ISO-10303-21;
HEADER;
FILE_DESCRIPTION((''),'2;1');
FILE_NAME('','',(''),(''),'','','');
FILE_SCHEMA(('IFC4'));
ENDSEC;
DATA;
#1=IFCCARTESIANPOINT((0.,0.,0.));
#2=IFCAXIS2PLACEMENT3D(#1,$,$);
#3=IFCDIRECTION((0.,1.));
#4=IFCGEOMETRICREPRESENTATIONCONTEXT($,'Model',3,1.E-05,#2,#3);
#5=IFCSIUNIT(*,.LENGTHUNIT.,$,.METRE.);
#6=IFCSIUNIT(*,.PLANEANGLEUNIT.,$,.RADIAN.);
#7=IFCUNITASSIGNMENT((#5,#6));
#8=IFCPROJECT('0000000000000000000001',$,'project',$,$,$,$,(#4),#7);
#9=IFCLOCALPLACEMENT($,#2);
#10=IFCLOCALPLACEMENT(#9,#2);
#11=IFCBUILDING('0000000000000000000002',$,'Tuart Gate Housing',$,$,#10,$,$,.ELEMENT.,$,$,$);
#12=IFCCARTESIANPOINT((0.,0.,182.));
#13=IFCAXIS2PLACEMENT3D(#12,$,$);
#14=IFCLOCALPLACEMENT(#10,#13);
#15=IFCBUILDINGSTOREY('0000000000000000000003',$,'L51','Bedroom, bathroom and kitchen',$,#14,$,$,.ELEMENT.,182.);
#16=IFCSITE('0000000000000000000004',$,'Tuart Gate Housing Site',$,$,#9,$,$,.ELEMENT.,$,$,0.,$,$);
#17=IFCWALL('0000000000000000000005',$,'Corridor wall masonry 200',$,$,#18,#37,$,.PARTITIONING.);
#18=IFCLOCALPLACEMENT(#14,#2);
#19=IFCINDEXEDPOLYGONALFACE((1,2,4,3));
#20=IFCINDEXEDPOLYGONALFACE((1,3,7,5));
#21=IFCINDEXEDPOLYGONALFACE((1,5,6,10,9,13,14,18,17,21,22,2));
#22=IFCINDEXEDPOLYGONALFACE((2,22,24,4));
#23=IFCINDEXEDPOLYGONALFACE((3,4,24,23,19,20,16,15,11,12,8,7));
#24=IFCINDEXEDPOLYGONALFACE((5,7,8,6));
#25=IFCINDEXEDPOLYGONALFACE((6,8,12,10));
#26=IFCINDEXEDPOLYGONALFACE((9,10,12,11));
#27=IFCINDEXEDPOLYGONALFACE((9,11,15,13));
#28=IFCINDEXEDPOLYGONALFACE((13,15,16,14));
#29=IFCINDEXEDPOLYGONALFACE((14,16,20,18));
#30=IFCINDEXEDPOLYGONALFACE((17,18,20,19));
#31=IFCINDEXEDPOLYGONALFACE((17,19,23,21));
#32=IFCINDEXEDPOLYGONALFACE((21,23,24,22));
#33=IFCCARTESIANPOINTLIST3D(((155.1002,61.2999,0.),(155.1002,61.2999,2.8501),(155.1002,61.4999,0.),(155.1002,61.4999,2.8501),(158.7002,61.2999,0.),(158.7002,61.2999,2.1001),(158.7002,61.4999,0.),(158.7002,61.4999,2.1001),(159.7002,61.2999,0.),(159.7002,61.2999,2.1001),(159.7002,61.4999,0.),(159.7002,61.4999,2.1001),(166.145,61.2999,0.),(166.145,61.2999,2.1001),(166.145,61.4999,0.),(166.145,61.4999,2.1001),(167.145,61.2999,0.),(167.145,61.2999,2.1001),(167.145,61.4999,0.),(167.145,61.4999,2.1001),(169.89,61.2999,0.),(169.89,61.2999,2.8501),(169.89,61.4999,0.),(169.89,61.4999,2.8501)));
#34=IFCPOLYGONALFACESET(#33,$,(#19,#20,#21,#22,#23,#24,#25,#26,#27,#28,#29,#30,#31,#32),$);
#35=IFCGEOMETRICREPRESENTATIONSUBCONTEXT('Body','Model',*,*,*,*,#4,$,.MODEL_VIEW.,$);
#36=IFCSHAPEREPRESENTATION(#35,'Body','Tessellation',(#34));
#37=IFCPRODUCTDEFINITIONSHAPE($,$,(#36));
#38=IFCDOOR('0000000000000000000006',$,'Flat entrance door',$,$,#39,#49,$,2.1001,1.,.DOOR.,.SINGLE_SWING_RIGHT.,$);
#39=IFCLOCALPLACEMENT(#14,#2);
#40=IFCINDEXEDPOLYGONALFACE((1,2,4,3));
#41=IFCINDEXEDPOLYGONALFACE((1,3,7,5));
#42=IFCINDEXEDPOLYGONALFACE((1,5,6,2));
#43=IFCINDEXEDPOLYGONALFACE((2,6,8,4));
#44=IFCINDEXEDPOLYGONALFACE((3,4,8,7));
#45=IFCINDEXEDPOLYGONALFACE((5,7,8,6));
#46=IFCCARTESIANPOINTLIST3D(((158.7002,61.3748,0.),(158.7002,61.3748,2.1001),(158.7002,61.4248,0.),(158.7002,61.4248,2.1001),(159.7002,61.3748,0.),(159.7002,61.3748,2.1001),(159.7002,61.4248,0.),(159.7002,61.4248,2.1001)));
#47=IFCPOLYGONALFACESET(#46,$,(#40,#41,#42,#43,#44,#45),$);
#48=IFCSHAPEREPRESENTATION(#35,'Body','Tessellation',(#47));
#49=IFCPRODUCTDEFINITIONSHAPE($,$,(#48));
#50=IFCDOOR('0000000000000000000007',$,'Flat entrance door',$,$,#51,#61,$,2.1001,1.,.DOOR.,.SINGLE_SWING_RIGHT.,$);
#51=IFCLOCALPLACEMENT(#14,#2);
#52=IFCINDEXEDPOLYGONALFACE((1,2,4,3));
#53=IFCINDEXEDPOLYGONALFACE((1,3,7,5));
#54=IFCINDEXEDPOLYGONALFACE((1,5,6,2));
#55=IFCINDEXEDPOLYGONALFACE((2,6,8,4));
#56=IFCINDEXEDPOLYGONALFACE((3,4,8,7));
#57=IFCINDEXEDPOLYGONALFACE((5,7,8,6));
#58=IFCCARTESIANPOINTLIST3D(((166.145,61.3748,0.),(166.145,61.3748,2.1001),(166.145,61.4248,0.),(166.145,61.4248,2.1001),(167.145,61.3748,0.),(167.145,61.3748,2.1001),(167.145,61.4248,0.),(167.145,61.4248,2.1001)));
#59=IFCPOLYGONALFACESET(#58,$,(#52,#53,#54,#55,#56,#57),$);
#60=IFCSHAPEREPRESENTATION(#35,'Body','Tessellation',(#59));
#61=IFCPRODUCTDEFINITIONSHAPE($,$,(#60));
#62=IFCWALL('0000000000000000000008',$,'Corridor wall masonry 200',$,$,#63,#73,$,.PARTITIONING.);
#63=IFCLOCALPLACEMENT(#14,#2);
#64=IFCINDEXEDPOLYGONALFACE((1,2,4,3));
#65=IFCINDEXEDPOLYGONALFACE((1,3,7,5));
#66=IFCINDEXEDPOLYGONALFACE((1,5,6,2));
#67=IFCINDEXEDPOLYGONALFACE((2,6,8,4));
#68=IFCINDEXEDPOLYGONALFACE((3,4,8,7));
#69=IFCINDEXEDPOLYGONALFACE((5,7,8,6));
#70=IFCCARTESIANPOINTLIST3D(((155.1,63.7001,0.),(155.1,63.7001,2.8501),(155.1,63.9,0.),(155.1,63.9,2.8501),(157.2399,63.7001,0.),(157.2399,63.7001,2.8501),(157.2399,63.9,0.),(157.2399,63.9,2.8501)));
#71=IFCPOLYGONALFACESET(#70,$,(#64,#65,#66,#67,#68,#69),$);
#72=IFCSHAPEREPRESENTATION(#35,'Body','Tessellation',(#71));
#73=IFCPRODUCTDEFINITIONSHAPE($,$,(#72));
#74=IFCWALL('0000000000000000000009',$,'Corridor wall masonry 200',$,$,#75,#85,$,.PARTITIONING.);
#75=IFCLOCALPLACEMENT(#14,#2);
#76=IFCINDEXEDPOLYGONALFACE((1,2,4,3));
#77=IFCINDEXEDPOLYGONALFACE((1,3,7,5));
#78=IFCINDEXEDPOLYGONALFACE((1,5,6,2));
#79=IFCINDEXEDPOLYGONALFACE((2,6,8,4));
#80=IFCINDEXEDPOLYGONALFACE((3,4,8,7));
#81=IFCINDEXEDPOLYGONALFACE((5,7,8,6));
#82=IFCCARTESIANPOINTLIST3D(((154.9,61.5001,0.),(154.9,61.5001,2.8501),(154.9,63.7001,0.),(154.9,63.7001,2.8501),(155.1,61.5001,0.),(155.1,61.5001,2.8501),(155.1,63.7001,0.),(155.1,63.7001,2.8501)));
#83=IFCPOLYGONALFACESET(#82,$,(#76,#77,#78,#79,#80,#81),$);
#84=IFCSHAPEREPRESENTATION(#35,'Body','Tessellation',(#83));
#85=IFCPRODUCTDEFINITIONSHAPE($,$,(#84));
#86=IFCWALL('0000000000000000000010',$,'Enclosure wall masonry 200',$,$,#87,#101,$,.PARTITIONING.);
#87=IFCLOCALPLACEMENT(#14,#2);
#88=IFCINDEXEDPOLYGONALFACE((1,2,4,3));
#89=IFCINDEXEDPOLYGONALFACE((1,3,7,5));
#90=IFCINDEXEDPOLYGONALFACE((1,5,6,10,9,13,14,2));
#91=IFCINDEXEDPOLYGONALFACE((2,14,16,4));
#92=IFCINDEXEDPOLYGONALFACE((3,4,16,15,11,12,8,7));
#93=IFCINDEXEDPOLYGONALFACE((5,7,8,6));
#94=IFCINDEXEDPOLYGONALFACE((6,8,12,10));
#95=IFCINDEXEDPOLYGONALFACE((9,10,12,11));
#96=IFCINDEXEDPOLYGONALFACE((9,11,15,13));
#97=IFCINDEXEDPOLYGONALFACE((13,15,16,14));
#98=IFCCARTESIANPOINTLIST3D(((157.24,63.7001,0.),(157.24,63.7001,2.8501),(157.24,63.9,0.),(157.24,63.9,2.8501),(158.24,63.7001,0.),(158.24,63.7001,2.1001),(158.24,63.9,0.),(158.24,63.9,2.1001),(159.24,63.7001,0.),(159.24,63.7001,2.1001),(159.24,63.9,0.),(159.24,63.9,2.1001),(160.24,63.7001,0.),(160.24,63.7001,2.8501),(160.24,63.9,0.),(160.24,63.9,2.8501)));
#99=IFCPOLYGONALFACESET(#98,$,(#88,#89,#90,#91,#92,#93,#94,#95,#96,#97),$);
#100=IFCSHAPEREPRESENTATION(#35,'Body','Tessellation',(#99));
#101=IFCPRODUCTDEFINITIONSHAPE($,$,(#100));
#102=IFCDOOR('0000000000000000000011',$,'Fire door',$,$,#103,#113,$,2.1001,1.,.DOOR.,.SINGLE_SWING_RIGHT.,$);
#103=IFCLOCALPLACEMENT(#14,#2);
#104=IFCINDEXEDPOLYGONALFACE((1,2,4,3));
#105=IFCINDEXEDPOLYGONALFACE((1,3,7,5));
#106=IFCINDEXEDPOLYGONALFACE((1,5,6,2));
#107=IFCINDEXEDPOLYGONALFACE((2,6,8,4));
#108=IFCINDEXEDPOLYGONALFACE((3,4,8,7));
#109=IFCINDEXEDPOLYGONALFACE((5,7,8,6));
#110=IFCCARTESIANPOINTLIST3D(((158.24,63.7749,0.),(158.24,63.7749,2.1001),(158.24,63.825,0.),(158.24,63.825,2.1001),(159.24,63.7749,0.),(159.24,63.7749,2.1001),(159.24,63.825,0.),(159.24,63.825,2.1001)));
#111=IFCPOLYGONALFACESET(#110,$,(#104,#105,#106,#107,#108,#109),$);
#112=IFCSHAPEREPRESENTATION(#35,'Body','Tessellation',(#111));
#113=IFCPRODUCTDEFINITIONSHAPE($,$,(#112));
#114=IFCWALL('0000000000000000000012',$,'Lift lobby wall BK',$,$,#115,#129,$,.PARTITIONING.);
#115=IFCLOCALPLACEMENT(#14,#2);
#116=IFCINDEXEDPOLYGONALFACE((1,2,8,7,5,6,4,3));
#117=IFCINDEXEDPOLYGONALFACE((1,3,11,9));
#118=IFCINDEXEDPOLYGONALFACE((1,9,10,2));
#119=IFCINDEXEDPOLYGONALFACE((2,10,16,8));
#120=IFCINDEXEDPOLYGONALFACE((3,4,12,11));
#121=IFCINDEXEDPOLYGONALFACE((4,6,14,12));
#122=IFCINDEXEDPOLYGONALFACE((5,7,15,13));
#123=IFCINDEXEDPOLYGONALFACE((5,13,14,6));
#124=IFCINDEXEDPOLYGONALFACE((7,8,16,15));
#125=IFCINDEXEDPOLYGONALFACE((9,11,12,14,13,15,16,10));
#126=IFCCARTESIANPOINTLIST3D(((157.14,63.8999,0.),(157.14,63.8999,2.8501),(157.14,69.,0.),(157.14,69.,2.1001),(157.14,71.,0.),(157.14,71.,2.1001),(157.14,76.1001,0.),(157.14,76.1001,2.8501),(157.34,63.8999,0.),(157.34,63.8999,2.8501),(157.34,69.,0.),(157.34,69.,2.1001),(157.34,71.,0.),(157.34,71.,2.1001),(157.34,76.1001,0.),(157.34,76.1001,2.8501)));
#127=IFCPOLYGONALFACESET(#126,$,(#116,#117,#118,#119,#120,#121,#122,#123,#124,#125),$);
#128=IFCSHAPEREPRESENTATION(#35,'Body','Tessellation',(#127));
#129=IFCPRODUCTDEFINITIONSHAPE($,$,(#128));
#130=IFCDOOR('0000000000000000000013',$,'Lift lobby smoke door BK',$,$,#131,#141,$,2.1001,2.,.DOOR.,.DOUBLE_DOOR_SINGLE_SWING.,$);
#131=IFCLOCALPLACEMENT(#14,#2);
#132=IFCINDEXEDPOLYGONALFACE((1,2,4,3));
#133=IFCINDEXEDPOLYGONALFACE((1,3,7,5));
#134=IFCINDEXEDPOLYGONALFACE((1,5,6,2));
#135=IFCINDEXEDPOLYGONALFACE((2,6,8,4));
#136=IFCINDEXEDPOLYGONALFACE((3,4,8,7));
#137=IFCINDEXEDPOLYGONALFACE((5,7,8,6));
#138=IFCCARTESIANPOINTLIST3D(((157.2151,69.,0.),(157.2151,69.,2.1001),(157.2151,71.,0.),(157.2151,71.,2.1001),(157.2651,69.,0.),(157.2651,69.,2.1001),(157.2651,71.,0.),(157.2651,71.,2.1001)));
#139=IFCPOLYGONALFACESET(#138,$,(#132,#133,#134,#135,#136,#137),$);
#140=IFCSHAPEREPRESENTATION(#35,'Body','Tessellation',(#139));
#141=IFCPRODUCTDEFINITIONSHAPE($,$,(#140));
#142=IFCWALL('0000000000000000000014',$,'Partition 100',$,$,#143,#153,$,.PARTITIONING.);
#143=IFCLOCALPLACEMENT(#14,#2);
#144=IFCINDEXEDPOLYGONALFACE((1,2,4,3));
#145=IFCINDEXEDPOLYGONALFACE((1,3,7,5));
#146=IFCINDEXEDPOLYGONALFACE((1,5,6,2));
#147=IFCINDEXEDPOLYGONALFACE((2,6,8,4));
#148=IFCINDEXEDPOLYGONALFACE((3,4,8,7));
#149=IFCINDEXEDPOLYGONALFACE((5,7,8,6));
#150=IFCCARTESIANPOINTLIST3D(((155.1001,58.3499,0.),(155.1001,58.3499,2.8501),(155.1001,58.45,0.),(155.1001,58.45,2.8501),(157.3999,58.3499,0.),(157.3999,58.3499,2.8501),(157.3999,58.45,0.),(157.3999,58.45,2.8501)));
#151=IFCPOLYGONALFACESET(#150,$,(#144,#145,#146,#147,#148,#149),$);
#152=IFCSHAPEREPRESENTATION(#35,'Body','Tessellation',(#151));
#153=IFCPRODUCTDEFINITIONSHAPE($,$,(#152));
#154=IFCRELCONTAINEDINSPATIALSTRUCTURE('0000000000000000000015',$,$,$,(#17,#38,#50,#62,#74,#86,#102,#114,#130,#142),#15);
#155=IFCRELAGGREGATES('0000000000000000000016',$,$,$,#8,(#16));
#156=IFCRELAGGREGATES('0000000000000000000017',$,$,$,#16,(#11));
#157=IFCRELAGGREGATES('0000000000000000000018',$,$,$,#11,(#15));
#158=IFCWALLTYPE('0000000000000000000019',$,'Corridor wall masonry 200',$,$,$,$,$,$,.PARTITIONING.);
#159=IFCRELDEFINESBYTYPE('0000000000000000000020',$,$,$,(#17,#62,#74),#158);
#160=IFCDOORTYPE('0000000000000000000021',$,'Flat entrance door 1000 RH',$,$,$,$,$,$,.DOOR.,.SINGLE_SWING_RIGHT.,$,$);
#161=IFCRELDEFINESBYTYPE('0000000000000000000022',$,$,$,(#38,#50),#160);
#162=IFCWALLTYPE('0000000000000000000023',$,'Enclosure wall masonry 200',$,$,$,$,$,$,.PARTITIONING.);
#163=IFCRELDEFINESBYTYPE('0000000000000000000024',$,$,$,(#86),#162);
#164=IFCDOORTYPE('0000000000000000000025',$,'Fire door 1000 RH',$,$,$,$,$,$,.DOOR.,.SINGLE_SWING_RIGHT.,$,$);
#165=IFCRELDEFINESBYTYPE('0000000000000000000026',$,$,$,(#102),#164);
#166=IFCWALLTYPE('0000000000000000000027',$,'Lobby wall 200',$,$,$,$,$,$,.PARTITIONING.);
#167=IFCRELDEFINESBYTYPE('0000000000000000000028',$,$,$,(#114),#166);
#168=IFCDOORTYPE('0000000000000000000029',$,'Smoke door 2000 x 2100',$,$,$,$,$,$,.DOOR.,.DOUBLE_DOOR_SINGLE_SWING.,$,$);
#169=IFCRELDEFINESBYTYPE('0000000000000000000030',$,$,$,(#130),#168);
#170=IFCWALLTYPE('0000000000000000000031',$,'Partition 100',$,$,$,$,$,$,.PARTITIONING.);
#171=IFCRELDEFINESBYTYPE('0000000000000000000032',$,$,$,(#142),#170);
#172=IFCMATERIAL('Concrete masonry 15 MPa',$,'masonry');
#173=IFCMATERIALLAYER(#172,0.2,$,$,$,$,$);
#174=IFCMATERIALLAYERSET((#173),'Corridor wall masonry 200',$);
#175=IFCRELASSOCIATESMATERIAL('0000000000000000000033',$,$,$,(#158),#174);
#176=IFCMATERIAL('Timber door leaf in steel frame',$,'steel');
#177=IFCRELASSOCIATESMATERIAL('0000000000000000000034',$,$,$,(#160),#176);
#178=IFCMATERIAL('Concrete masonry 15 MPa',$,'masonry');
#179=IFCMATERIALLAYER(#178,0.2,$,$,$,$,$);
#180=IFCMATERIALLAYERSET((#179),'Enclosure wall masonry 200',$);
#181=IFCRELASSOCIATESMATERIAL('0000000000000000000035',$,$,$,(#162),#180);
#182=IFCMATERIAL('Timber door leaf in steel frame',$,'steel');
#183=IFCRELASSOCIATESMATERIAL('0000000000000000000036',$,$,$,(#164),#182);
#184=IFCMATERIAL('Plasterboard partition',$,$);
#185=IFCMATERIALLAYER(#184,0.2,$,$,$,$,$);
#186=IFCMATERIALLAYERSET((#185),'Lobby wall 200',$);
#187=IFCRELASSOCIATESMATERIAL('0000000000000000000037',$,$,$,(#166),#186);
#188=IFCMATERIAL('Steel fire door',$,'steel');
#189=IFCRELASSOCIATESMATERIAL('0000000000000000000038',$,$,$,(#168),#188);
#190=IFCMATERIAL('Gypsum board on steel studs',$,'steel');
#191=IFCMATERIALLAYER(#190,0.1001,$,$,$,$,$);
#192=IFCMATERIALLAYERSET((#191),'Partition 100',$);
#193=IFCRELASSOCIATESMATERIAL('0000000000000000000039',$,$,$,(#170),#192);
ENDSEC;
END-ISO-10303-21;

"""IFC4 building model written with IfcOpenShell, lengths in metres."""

from ifc_helpers import new_model, si_unit, direction, frame, frame_2d, origin, place, context, subcontext, project, spatial, rectangle, extrude, material, layer, layer_set, type_object, element, fill, save


model = new_model("IFC4")

# Units and contexts
model_context = context("Model", 3, precision=1e-05, world=origin(), true_north=direction((0.0, 1.0)))
body_context = subcontext(model_context, "Body", "Model", "MODEL_VIEW")
ifc_project = project(units=[si_unit("LENGTHUNIT", "METRE"), si_unit("PLANEANGLEUNIT", "RADIAN")], contexts=[model_context])

# Site, building, storey
site_placement = place(None, origin())
site = spatial("IfcSite", under=ifc_project, at=site_placement, Name="Tuart Gate Housing Site", CompositionType="ELEMENT", RefElevation=0.0)
building_placement = place(site_placement, origin())
building = spatial("IfcBuilding", under=site, at=building_placement, Name="Tuart Gate Housing", CompositionType="ELEMENT")
storey_placement = place(building_placement, frame((0.0, 0.0, 182.0)))
storey = spatial("IfcBuildingStorey", under=building, at=storey_placement, Name="L51", Description="Bedroom, bathroom and kitchen", CompositionType="ELEMENT", Elevation=182.0)

# Wall, openings, doors
ifc_material_1 = material(Name="Concrete masonry 15 MPa", Category="masonry")
ifc_layer_1 = layer(ifc_material_1, 0.2)
ifc_layer_set_1 = layer_set([ifc_layer_1], Name="Corridor wall masonry 200")
wall_type_1 = type_object("IfcWallType", Name="Corridor wall masonry 200", PredefinedType="PARTITIONING", material=ifc_layer_set_1)
wall_1_placement = place(storey_placement, frame((155.1001, 61.3999, 0.0), z_axis=(0.0, 0.0, 1.0), x_axis=(1.0, 0.0, 0.0)))
wall_1 = element("IfcWall", 1, at=wall_1_placement, inside=storey, type_object=wall_type_1, Name="Corridor wall masonry 200", PredefinedType="PARTITIONING", context=body_context, shape_type="SweptSolid", body=[
    extrude(rectangle(XDim=14.7898, YDim=0.2, at=frame_2d((7.395, 0.0))), origin(), (0.0, 0.0, 1.0), 2.8501),
])
opening_1_placement = place(wall_1_placement, frame((3.6001, 0.0, 0.0)))
opening_1 = element("IfcOpeningElement", 2, at=opening_1_placement, cuts=wall_1, PredefinedType="OPENING", context=body_context, shape_type="SweptSolid", body=[
    extrude(rectangle(XDim=1.0, YDim=2.1001, at=frame_2d((0.5, 1.05))), frame((0.0, 0.1099, 0.0), z_axis=(0.0, -1.0, 0.0), x_axis=(1.0, 0.0, 0.0)), (0.0, 0.0, 1.0), 0.22),
])
opening_2_placement = place(wall_1_placement, frame((11.0449, 0.0, 0.0)))
opening_2 = element("IfcOpeningElement", 3, at=opening_2_placement, cuts=wall_1, PredefinedType="OPENING", context=body_context, shape_type="SweptSolid", body=[
    extrude(rectangle(XDim=1.0, YDim=2.1001, at=frame_2d((0.5, 1.05))), frame((0.0, 0.1099, 0.0), z_axis=(0.0, -1.0, 0.0), x_axis=(1.0, 0.0, 0.0)), (0.0, 0.0, 1.0), 0.22),
])
ifc_material_2 = material(Name="Timber door leaf in steel frame", Category="steel")
door_type_1 = type_object("IfcDoorType", Name="Flat entrance door 1000 RH", OperationType="SINGLE_SWING_RIGHT", PredefinedType="DOOR", material=ifc_material_2)
door_1_placement = place(opening_1_placement, frame((1.0, 0.0, 0.0), z_axis=(0.0, 0.0, 1.0), x_axis=(-1.0, 0.0, 0.0)))
door_1 = element("IfcDoor", 4, at=door_1_placement, inside=storey, type_object=door_type_1, Name="Flat entrance door", OperationType="SINGLE_SWING_RIGHT", OverallHeight=2.1001, OverallWidth=1.0, PredefinedType="DOOR", context=body_context, shape_type="SweptSolid", body=[
    extrude(rectangle(XDim=1.0, YDim=2.1001, at=frame_2d((0.5, 1.05))), frame((0.0, 0.0251, 0.0), z_axis=(0.0, -1.0, 0.0), x_axis=(1.0, 0.0, 0.0)), (0.0, 0.0, 1.0), 0.05),
])
fill(opening_1, door_1)
door_2_placement = place(opening_2_placement, frame((1.0, 0.0, 0.0), z_axis=(0.0, 0.0, 1.0), x_axis=(-1.0, 0.0, 0.0)))
door_2 = element("IfcDoor", 5, at=door_2_placement, inside=storey, type_object=door_type_1, Name="Flat entrance door", OperationType="SINGLE_SWING_RIGHT", OverallHeight=2.1001, OverallWidth=1.0, PredefinedType="DOOR", context=body_context, shape_type="SweptSolid", body=[
    extrude(rectangle(XDim=1.0, YDim=2.1001, at=frame_2d((0.5, 1.05))), frame((0.0, 0.0251, 0.0), z_axis=(0.0, -1.0, 0.0), x_axis=(1.0, 0.0, 0.0)), (0.0, 0.0, 1.0), 0.05),
])
fill(opening_2, door_2)

# Walls
wall_2_placement = place(storey_placement, frame((155.1001, 63.8, 0.0), z_axis=(0.0, 0.0, 1.0), x_axis=(1.0, 0.0, 0.0)))
element("IfcWall", 6, at=wall_2_placement, inside=storey, type_object=wall_type_1, Name="Corridor wall masonry 200", PredefinedType="PARTITIONING", context=body_context, shape_type="SweptSolid", body=[
    extrude(rectangle(XDim=2.1399, YDim=0.2, at=frame_2d((1.0698, 0.0))), origin(), (0.0, 0.0, 1.0), 2.8501),
])
wall_3_placement = place(storey_placement, frame((155.0, 61.5, 0.0), z_axis=(0.0, 0.0, 1.0), x_axis=(0.0, 1.0, 0.0)))
element("IfcWall", 7, at=wall_3_placement, inside=storey, type_object=wall_type_1, Name="Corridor wall masonry 200", PredefinedType="PARTITIONING", context=body_context, shape_type="SweptSolid", body=[
    extrude(rectangle(XDim=2.2, YDim=0.2, at=frame_2d((1.1001, 0.0))), origin(), (0.0, 0.0, 1.0), 2.8501),
])

# Walls, openings, doors
ifc_material_3 = material(Name="Concrete masonry 15 MPa", Category="masonry")
ifc_layer_2 = layer(ifc_material_3, 0.2)
ifc_layer_set_2 = layer_set([ifc_layer_2], Name="Enclosure wall masonry 200")
wall_type_2 = type_object("IfcWallType", Name="Enclosure wall masonry 200", PredefinedType="PARTITIONING", material=ifc_layer_set_2)
wall_4_placement = place(storey_placement, frame((157.24, 63.8, 0.0), z_axis=(0.0, 0.0, 1.0), x_axis=(1.0, 0.0, 0.0)))
wall_4 = element("IfcWall", 8, at=wall_4_placement, inside=storey, type_object=wall_type_2, Name="Enclosure wall masonry 200", PredefinedType="PARTITIONING", context=body_context, shape_type="SweptSolid", body=[
    extrude(rectangle(XDim=3.0, YDim=0.2, at=frame_2d((1.5, 0.0))), origin(), (0.0, 0.0, 1.0), 2.8501),
])
opening_3_placement = place(wall_4_placement, frame((1.0, 0.0, 0.0)))
opening_3 = element("IfcOpeningElement", 9, at=opening_3_placement, cuts=wall_4, PredefinedType="OPENING", context=body_context, shape_type="SweptSolid", body=[
    extrude(rectangle(XDim=1.0, YDim=2.1001, at=frame_2d((0.5, 1.05))), frame((0.0, 0.1099, 0.0), z_axis=(0.0, -1.0, 0.0), x_axis=(1.0, 0.0, 0.0)), (0.0, 0.0, 1.0), 0.22),
])
ifc_material_4 = material(Name="Timber door leaf in steel frame", Category="steel")
door_type_2 = type_object("IfcDoorType", Name="Fire door 1000 RH", OperationType="SINGLE_SWING_RIGHT", PredefinedType="DOOR", material=ifc_material_4)
door_3_placement = place(opening_3_placement, frame((1.0, 0.0, 0.0), z_axis=(0.0, 0.0, 1.0), x_axis=(-1.0, 0.0, 0.0)))
door_3 = element("IfcDoor", 10, at=door_3_placement, inside=storey, type_object=door_type_2, Name="Fire door", OperationType="SINGLE_SWING_RIGHT", OverallHeight=2.1001, OverallWidth=1.0, PredefinedType="DOOR", context=body_context, shape_type="SweptSolid", body=[
    extrude(rectangle(XDim=1.0, YDim=2.1001, at=frame_2d((0.5, 1.05))), frame((0.0, 0.0251, 0.0), z_axis=(0.0, -1.0, 0.0), x_axis=(1.0, 0.0, 0.0)), (0.0, 0.0, 1.0), 0.05),
])
fill(opening_3, door_3)
ifc_material_5 = material(Name="Plasterboard partition")
ifc_layer_3 = layer(ifc_material_5, 0.2)
ifc_layer_set_3 = layer_set([ifc_layer_3], Name="Lobby wall 200")
wall_type_3 = type_object("IfcWallType", Name="Lobby wall 200", PredefinedType="PARTITIONING", material=ifc_layer_set_3)
wall_5_placement = place(storey_placement, frame((157.24, 63.8999, 0.0), z_axis=(0.0, 0.0, 1.0), x_axis=(0.0, 1.0, 0.0)))
wall_5 = element("IfcWall", 11, at=wall_5_placement, inside=storey, type_object=wall_type_3, Name="Lift lobby wall BK", PredefinedType="PARTITIONING", context=body_context, shape_type="SweptSolid", body=[
    extrude(rectangle(XDim=12.2002, YDim=0.2, at=frame_2d((6.1001, 0.0))), origin(), (0.0, 0.0, 1.0), 2.8501),
])
opening_4_placement = place(wall_5_placement, frame((5.1001, 0.0, 0.0)))
opening_4 = element("IfcOpeningElement", 12, at=opening_4_placement, cuts=wall_5, PredefinedType="OPENING", context=body_context, shape_type="SweptSolid", body=[
    extrude(rectangle(XDim=2.0, YDim=2.1001, at=frame_2d((1.0, 1.05))), frame((0.0, 0.1099, 0.0), z_axis=(0.0, -1.0, 0.0), x_axis=(1.0, 0.0, 0.0)), (0.0, 0.0, 1.0), 0.22),
])
ifc_material_6 = material(Name="Steel fire door", Category="steel")
door_type_3 = type_object("IfcDoorType", Name="Smoke door 2000 x 2100", OperationType="DOUBLE_DOOR_SINGLE_SWING", PredefinedType="DOOR", material=ifc_material_6)
door_4_placement = place(opening_4_placement, frame((2.0, 0.0, 0.0), z_axis=(0.0, 0.0, 1.0), x_axis=(-1.0, 0.0, 0.0)))
door_4 = element("IfcDoor", 13, at=door_4_placement, inside=storey, type_object=door_type_3, Name="Lift lobby smoke door BK", OperationType="DOUBLE_DOOR_SINGLE_SWING", OverallHeight=2.1001, OverallWidth=2.0, PredefinedType="DOOR", context=body_context, shape_type="SweptSolid", body=[
    extrude(rectangle(XDim=2.0, YDim=2.1001, at=frame_2d((1.0, 1.05))), frame((0.0, 0.0251, 0.0), z_axis=(0.0, -1.0, 0.0), x_axis=(1.0, 0.0, 0.0)), (0.0, 0.0, 1.0), 0.05),
])
fill(opening_4, door_4)

# Wall
ifc_material_7 = material(Name="Gypsum board on steel studs", Category="steel")
ifc_layer_4 = layer(ifc_material_7, 0.1001)
ifc_layer_set_4 = layer_set([ifc_layer_4], Name="Partition 100")
wall_type_4 = type_object("IfcWallType", Name="Partition 100", PredefinedType="PARTITIONING", material=ifc_layer_set_4)
wall_6_placement = place(storey_placement, frame((155.1001, 58.3999, 0.0), z_axis=(0.0, 0.0, 1.0), x_axis=(1.0, 0.0, 0.0)))
element("IfcWall", 14, at=wall_6_placement, inside=storey, type_object=wall_type_4, Name="Partition 100", PredefinedType="PARTITIONING", context=body_context, shape_type="SweptSolid", body=[
    extrude(rectangle(XDim=2.2998, YDim=0.1001, at=frame_2d((1.1499, 0.0))), origin(), (0.0, 0.0, 1.0), 2.8501),
])

save(model, "model.ifc")
